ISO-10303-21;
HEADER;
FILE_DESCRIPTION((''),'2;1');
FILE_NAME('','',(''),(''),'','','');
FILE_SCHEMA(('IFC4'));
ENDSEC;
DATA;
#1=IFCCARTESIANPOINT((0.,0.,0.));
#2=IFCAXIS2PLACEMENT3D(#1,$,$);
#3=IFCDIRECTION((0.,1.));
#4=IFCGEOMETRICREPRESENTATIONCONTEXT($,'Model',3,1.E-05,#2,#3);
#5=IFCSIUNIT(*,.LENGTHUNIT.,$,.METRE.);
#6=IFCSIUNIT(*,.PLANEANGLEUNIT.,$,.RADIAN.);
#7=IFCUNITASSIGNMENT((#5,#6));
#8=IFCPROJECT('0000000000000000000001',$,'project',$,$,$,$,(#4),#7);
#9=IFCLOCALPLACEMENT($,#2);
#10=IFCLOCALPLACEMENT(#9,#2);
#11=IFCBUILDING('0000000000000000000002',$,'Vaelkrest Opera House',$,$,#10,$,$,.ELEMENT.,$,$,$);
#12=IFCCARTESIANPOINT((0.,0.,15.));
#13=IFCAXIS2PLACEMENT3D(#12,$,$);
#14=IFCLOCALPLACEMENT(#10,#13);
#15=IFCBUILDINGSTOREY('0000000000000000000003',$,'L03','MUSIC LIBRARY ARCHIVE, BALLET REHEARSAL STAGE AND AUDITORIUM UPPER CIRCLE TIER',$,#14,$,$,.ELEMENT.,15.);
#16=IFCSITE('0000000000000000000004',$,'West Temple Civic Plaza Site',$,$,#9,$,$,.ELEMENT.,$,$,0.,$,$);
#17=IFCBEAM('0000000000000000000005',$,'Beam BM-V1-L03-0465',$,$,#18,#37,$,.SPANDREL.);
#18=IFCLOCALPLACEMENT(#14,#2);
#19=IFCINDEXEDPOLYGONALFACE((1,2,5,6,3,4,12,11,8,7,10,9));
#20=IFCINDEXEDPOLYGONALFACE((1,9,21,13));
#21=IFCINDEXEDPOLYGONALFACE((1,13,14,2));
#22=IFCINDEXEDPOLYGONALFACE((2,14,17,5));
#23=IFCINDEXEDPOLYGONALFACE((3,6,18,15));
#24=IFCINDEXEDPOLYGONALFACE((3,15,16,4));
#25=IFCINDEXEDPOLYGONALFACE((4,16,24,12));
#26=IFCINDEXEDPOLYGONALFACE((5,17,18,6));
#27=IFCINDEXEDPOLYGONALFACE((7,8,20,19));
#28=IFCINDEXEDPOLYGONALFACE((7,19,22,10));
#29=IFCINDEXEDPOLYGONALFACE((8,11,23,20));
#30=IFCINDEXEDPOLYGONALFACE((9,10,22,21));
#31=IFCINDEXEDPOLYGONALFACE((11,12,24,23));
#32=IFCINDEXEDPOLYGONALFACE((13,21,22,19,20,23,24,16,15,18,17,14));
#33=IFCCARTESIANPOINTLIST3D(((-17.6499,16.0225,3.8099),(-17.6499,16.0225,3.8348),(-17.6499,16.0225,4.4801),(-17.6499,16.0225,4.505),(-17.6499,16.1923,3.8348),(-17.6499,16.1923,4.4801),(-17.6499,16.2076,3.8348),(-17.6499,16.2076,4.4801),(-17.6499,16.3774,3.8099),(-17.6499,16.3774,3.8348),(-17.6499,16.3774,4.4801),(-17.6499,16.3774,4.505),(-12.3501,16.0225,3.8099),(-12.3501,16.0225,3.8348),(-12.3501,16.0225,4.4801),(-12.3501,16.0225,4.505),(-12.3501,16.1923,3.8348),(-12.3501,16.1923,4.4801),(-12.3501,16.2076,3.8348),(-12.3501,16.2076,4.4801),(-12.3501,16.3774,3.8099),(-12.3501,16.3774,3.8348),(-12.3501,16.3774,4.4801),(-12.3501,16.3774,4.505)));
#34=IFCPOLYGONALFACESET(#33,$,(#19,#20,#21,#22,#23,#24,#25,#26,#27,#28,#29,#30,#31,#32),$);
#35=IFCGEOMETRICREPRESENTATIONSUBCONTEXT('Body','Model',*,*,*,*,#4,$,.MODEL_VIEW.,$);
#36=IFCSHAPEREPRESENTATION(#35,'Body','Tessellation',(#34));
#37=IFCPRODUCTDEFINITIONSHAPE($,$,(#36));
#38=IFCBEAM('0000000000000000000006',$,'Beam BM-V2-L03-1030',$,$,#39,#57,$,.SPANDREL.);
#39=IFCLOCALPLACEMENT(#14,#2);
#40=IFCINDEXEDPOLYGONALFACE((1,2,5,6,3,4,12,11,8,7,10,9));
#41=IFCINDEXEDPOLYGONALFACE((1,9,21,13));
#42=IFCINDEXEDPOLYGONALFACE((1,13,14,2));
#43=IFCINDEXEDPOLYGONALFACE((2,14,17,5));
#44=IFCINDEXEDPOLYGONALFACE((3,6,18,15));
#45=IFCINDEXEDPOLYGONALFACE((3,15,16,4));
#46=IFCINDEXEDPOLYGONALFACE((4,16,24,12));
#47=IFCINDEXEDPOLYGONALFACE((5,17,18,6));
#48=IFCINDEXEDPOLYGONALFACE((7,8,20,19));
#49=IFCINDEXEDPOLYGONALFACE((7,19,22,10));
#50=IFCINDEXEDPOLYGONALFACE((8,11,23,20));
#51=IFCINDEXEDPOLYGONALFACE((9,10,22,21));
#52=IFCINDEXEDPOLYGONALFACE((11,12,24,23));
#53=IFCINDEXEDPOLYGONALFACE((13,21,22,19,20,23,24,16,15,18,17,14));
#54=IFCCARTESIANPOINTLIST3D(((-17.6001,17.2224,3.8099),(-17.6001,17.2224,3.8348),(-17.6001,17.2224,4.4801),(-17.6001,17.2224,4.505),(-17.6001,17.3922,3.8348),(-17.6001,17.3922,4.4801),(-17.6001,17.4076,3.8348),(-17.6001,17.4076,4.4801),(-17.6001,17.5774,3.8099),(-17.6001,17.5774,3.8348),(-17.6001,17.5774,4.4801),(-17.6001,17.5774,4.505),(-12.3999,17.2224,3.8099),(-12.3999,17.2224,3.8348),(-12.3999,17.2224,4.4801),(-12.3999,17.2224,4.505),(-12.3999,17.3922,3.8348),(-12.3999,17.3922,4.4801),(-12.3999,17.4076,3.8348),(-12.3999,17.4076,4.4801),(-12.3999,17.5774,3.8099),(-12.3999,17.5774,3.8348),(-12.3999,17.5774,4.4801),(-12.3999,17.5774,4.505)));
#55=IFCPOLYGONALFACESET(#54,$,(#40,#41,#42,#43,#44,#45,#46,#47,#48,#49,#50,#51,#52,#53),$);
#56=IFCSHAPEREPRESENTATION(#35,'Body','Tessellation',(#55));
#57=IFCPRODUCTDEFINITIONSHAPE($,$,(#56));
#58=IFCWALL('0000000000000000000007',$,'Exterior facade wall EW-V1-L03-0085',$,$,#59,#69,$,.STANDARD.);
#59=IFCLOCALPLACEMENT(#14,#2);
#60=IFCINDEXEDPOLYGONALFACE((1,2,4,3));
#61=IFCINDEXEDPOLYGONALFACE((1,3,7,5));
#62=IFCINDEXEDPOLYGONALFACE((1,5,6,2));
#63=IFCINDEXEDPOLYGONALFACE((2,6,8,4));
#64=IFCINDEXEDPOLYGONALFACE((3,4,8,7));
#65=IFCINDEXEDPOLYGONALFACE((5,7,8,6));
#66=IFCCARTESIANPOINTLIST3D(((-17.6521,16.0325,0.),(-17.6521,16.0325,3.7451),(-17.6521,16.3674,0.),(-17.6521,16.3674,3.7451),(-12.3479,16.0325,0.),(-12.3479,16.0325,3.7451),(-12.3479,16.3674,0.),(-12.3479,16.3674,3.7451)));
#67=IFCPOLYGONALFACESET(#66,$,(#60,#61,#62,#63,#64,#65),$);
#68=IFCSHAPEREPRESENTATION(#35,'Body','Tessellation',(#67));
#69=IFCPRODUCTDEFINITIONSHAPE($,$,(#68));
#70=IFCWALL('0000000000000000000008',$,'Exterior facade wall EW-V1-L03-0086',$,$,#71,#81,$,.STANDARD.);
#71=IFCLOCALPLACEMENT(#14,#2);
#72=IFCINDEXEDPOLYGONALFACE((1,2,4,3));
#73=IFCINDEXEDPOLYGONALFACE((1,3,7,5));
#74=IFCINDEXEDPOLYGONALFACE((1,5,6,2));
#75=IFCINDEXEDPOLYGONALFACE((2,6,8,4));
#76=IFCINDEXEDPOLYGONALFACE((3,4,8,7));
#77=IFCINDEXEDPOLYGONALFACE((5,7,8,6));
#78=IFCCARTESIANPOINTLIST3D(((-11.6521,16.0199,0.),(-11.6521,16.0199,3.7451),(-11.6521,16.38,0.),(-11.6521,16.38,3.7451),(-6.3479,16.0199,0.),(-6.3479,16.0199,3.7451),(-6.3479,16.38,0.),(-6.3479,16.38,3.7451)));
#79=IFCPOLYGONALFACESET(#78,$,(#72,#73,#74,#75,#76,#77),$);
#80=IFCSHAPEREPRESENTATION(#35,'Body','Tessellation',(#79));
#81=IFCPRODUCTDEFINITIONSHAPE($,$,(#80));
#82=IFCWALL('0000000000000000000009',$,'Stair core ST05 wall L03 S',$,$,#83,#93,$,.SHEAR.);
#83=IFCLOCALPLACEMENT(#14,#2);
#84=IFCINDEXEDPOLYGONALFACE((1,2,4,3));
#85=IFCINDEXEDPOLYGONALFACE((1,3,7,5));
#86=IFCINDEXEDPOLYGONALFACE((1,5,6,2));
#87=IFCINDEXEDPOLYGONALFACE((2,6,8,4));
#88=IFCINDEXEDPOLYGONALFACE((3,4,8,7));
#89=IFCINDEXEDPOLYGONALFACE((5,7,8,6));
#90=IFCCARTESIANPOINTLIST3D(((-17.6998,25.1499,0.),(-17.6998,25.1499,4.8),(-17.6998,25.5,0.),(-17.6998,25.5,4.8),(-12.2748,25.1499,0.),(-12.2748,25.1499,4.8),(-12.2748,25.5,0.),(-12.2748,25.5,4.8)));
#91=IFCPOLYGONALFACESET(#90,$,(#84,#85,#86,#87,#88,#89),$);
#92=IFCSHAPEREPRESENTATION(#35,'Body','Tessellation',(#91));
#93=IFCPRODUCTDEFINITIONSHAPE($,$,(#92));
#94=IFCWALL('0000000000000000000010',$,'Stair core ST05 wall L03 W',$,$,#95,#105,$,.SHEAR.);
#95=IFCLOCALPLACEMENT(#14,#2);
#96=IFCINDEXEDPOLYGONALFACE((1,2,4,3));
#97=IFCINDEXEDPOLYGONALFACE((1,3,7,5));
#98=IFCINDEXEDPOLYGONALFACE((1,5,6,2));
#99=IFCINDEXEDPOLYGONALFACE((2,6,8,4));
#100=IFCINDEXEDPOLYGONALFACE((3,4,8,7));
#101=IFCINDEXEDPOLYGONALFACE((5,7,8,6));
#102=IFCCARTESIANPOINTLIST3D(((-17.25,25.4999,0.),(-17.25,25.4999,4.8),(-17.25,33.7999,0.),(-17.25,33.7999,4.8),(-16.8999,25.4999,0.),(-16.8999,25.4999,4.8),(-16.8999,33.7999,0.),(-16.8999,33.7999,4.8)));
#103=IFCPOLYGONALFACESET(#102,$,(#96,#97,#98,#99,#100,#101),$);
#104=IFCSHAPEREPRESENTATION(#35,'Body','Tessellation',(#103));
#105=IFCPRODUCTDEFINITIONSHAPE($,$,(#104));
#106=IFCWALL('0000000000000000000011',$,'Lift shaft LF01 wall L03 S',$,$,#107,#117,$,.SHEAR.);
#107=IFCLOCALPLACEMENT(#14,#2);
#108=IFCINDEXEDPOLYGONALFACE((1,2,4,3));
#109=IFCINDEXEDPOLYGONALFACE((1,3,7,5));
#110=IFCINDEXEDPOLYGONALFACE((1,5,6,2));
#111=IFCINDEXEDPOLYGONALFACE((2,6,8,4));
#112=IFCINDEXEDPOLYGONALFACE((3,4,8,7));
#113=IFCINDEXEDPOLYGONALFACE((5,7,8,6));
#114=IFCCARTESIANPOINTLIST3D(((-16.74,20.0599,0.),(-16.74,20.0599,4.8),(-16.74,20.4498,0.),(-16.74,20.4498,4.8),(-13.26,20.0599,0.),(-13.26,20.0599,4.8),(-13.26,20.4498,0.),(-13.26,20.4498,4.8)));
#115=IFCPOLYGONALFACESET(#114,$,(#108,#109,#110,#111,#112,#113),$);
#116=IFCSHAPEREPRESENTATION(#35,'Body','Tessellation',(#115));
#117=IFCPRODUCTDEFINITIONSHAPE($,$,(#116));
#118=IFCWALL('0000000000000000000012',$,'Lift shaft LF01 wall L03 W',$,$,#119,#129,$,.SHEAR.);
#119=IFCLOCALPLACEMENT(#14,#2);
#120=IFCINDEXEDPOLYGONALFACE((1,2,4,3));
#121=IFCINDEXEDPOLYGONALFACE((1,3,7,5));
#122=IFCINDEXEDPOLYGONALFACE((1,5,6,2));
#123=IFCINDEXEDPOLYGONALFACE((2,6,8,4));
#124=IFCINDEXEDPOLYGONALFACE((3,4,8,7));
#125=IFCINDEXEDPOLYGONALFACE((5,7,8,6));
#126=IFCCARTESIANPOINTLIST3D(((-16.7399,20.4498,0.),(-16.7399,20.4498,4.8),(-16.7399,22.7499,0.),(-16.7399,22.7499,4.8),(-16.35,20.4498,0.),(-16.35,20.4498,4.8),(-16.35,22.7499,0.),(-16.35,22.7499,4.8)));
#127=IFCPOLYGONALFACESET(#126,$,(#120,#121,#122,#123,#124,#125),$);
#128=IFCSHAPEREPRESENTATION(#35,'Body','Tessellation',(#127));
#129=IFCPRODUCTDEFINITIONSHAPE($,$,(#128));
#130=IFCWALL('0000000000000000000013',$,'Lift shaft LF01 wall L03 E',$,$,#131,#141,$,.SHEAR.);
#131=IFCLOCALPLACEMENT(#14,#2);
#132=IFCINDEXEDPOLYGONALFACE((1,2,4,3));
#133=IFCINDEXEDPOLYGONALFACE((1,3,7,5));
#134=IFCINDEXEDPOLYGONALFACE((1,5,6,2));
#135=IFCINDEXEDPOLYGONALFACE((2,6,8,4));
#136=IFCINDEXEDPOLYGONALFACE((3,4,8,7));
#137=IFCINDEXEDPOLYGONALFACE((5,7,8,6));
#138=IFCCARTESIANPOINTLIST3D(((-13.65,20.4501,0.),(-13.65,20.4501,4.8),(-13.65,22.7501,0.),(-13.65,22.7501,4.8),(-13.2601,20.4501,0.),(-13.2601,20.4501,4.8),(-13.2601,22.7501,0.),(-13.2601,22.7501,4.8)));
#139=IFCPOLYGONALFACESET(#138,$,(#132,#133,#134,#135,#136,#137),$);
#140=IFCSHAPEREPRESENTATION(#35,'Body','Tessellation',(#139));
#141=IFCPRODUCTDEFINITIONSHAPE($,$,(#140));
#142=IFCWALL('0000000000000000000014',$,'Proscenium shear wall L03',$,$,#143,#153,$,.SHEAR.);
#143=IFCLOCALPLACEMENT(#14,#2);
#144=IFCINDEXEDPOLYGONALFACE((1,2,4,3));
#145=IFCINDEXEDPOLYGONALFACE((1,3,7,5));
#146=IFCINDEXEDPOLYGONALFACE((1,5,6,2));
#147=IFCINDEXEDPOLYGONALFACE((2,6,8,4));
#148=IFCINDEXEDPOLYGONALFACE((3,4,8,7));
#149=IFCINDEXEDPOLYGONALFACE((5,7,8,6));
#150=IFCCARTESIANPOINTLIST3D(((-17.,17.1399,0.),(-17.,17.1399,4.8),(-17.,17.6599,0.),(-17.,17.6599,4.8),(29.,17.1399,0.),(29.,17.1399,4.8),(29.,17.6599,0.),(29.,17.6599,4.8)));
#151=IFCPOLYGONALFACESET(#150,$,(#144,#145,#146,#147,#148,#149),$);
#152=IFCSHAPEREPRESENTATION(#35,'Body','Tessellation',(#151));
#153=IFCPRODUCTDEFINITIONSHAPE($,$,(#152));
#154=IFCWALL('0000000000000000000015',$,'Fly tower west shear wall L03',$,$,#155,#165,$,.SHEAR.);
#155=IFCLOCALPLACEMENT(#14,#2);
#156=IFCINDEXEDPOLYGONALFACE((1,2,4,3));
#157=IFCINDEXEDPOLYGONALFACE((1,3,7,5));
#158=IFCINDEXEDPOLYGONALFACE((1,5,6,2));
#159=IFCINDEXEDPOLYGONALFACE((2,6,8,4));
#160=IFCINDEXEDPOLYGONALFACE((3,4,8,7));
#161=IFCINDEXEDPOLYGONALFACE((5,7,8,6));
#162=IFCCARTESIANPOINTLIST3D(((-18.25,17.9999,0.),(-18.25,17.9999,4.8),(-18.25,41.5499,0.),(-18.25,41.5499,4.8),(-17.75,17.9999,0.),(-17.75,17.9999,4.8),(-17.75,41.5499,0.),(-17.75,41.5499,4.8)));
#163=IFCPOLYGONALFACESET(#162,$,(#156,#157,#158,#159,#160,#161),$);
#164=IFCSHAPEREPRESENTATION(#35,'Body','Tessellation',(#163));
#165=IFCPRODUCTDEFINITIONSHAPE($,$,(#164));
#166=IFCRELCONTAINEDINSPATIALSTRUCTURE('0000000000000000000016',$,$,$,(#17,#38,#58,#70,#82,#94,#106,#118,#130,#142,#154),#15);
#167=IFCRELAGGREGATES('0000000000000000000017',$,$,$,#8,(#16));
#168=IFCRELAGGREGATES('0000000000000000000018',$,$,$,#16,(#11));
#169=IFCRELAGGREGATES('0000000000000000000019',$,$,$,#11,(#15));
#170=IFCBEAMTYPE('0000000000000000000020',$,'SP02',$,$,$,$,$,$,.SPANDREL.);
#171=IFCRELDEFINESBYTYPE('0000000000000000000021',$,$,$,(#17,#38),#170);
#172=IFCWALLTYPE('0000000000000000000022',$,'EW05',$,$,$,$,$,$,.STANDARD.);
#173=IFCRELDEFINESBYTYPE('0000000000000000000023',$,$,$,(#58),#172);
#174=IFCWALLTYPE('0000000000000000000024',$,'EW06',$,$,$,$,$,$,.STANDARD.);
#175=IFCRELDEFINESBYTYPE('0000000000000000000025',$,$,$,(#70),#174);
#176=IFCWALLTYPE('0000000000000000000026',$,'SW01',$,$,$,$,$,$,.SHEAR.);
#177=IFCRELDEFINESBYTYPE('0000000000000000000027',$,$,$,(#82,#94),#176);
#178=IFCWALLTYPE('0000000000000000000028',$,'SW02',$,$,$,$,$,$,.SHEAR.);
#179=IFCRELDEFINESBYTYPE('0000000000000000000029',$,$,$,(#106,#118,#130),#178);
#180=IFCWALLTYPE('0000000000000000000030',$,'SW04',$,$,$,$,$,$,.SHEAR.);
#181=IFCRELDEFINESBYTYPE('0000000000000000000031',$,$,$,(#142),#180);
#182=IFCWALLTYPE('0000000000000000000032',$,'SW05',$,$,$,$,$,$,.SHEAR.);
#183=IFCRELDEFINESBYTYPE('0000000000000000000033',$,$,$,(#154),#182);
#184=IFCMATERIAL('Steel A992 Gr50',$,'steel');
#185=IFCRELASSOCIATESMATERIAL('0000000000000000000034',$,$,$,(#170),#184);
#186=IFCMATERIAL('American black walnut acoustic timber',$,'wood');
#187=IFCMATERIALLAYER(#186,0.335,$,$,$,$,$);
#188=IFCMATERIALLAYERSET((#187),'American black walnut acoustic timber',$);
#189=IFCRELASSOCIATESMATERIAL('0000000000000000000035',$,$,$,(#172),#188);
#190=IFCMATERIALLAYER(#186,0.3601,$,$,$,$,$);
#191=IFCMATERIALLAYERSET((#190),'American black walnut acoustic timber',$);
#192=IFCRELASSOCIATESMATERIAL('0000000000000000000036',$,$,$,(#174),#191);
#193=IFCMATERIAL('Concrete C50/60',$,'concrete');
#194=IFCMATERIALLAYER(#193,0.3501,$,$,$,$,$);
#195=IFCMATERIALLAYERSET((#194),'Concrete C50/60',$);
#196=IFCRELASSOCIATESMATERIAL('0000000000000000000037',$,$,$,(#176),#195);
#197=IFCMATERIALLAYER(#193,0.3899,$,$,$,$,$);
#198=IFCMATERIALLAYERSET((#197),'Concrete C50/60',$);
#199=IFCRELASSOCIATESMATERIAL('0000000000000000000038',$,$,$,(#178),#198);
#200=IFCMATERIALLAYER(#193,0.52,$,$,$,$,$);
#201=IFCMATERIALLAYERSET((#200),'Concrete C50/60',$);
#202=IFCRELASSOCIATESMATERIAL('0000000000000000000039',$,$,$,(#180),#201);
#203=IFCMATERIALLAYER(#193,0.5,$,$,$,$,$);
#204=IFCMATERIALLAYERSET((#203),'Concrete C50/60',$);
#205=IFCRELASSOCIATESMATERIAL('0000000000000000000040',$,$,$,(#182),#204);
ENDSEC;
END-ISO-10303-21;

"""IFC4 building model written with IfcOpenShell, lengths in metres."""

from ifc_helpers import new_model, si_unit, direction, frame, frame_2d, origin, origin_2d, place, context, subcontext, project, spatial, rectangle, i_section, extrude, material, layer, layer_set, material_profile, profile_set, type_object, element, save


model = new_model("IFC4")

# Units and contexts
model_context = context("Model", 3, precision=1e-05, world=origin(), true_north=direction((0.0, 1.0)))
body_context = subcontext(model_context, "Body", "Model", "MODEL_VIEW")
ifc_project = project(units=[si_unit("LENGTHUNIT", "METRE"), si_unit("PLANEANGLEUNIT", "RADIAN")], contexts=[model_context])

# Site, building, storey
site_placement = place(None, origin())
site = spatial("IfcSite", under=ifc_project, at=site_placement, Name="West Temple Civic Plaza Site", CompositionType="ELEMENT", RefElevation=0.0)
building_placement = place(site_placement, origin())
building = spatial("IfcBuilding", under=site, at=building_placement, Name="Vaelkrest Opera House", CompositionType="ELEMENT")
storey_placement = place(building_placement, frame((0.0, 0.0, 15.0)))
storey = spatial("IfcBuildingStorey", under=building, at=storey_placement, Name="L03", Description="MUSIC LIBRARY ARCHIVE, BALLET REHEARSAL STAGE AND AUDITORIUM UPPER CIRCLE TIER", CompositionType="ELEMENT", Elevation=15.0)

# Shared definitions
ifc_material_1 = material(Name="Concrete C50/60", Category="concrete")

# Beams
ifc_material_2 = material(Name="Steel A992 Gr50", Category="steel")
ifc_material_profile_1 = material_profile(ifc_material_2, i_section(OverallWidth=0.355, OverallDepth=0.6951, WebThickness=0.0154, FlangeThickness=0.0249, at=origin_2d()), Name="W27X146")
ifc_profile_set_1 = profile_set([ifc_material_profile_1], Name="Steel A992 Gr50")
beam_type_1 = type_object("IfcBeamType", Name="SP02", PredefinedType="SPANDREL", material=ifc_profile_set_1)
beam_1_placement = place(storey_placement, frame((-17.6499, 16.2, 4.1575), z_axis=(1.0, 0.0, 0.0), x_axis=(0.0, 1.0, 0.0)))
element("IfcBeam", 1, at=beam_1_placement, inside=storey, type_object=beam_type_1, Name="Beam BM-V1-L03-0465", PredefinedType="SPANDREL", context=body_context, shape_type="SweptSolid", body=[
    extrude(i_section(OverallWidth=0.355, OverallDepth=0.6951, WebThickness=0.0154, FlangeThickness=0.0249, at=origin_2d()), origin(), (0.0, 0.0, 1.0), 5.2998),
])
beam_2_placement = place(storey_placement, frame((-17.6001, 17.3999, 4.1575), z_axis=(1.0, 0.0, 0.0), x_axis=(0.0, 1.0, 0.0)))
element("IfcBeam", 2, at=beam_2_placement, inside=storey, type_object=beam_type_1, Name="Beam BM-V2-L03-1030", PredefinedType="SPANDREL", context=body_context, shape_type="SweptSolid", body=[
    extrude(i_section(OverallWidth=0.355, OverallDepth=0.6951, WebThickness=0.0154, FlangeThickness=0.0249, at=origin_2d()), origin(), (0.0, 0.0, 1.0), 5.2002),
])

# Walls
ifc_material_3 = material(Name="American black walnut acoustic timber", Category="wood")
ifc_layer_1 = layer(ifc_material_3, 0.335)
ifc_layer_set_1 = layer_set([ifc_layer_1], Name="American black walnut acoustic timber")
wall_type_1 = type_object("IfcWallType", Name="EW05", PredefinedType="STANDARD", material=ifc_layer_set_1)
wall_1_placement = place(storey_placement, frame((-17.6521, 16.2, 0.0), z_axis=(0.0, 0.0, 1.0), x_axis=(1.0, 0.0, 0.0)))
element("IfcWall", 3, at=wall_1_placement, inside=storey, type_object=wall_type_1, Name="Exterior facade wall EW-V1-L03-0085", PredefinedType="STANDARD", context=body_context, shape_type="SweptSolid", body=[
    extrude(rectangle(XDim=5.3042, YDim=0.335, at=frame_2d((2.6521, 0.0))), origin(), (0.0, 0.0, 1.0), 3.7451),
])
ifc_layer_2 = layer(ifc_material_3, 0.3601)
ifc_layer_set_2 = layer_set([ifc_layer_2], Name="American black walnut acoustic timber")
wall_type_2 = type_object("IfcWallType", Name="EW06", PredefinedType="STANDARD", material=ifc_layer_set_2)
wall_2_placement = place(storey_placement, frame((-11.6521, 16.2, 0.0), z_axis=(0.0, 0.0, 1.0), x_axis=(1.0, 0.0, 0.0)))
element("IfcWall", 4, at=wall_2_placement, inside=storey, type_object=wall_type_2, Name="Exterior facade wall EW-V1-L03-0086", PredefinedType="STANDARD", context=body_context, shape_type="SweptSolid", body=[
    extrude(rectangle(XDim=5.3042, YDim=0.3601, at=frame_2d((2.6521, 0.0))), origin(), (0.0, 0.0, 1.0), 3.7451),
])

# Walls
ifc_layer_3 = layer(ifc_material_1, 0.3501)
ifc_layer_set_3 = layer_set([ifc_layer_3], Name="Concrete C50/60")
wall_type_3 = type_object("IfcWallType", Name="SW01", PredefinedType="SHEAR", material=ifc_layer_set_3)
wall_3_placement = place(storey_placement, frame((-12.2749, 25.325, 0.0), z_axis=(0.0, 0.0, 1.0), x_axis=(-1.0, 0.0, 0.0)))
element("IfcWall", 5, at=wall_3_placement, inside=storey, type_object=wall_type_3, Name="Stair core ST05 wall L03 S", PredefinedType="SHEAR", context=body_context, shape_type="SweptSolid", body=[
    extrude(rectangle(XDim=5.425, YDim=0.3501, at=frame_2d((2.7124, 0.0))), origin(), (0.0, 0.0, 1.0), 4.8),
])
wall_4_placement = place(storey_placement, frame((-17.075, 25.5, 0.0), z_axis=(0.0, 0.0, 1.0), x_axis=(0.0, 1.0, 0.0)))
element("IfcWall", 6, at=wall_4_placement, inside=storey, type_object=wall_type_3, Name="Stair core ST05 wall L03 W", PredefinedType="SHEAR", context=body_context, shape_type="SweptSolid", body=[
    extrude(rectangle(XDim=8.3, YDim=0.3501, at=frame_2d((4.1499, 0.0))), origin(), (0.0, 0.0, 1.0), 4.8),
])
ifc_layer_4 = layer(ifc_material_1, 0.3899)
ifc_layer_set_4 = layer_set([ifc_layer_4], Name="Concrete C50/60")
wall_type_4 = type_object("IfcWallType", Name="SW02", PredefinedType="SHEAR", material=ifc_layer_set_4)
wall_5_placement = place(storey_placement, frame((-13.26, 20.2549, 0.0), z_axis=(0.0, 0.0, 1.0), x_axis=(-1.0, 0.0, 0.0)))
element("IfcWall", 7, at=wall_5_placement, inside=storey, type_object=wall_type_4, Name="Lift shaft LF01 wall L03 S", PredefinedType="SHEAR", context=body_context, shape_type="SweptSolid", body=[
    extrude(rectangle(XDim=3.48, YDim=0.3899, at=frame_2d((1.74, 0.0))), origin(), (0.0, 0.0, 1.0), 4.8),
])

# Walls
for number, where, z_axis, x_axis, name in (
    (8, (-16.5449, 20.45, 0.0), (0.0, 0.0, 1.0), (0.0, 1.0, 0.0), "Lift shaft LF01 wall L03 W"),
    (9, (-13.4551, 22.75, 0.0), (0.0, 0.0, 1.0), (0.0, -1.0, 0.0), "Lift shaft LF01 wall L03 E"),
):
    element("IfcWall", number, at=place(storey_placement, frame(where, z_axis=z_axis, x_axis=x_axis)), inside=storey, type_object=wall_type_4, Name=name, PredefinedType="SHEAR", context=body_context, shape_type="SweptSolid", body=[
        extrude(rectangle(XDim=2.3, YDim=0.3899, at=frame_2d((1.1499, 0.0))), origin(), (0.0, 0.0, 1.0), 4.8),
    ])
ifc_layer_5 = layer(ifc_material_1, 0.52)
ifc_layer_set_5 = layer_set([ifc_layer_5], Name="Concrete C50/60")
wall_type_5 = type_object("IfcWallType", Name="SW04", PredefinedType="SHEAR", material=ifc_layer_set_5)
wall_6_placement = place(storey_placement, frame((-17.0, 17.3999, 0.0), z_axis=(0.0, 0.0, 1.0), x_axis=(1.0, 0.0, 0.0)))
element("IfcWall", 10, at=wall_6_placement, inside=storey, type_object=wall_type_5, Name="Proscenium shear wall L03", PredefinedType="SHEAR", context=body_context, shape_type="SweptSolid", body=[
    extrude(rectangle(XDim=46.0, YDim=0.52, at=frame_2d((23.0, 0.0))), origin(), (0.0, 0.0, 1.0), 4.8),
])
ifc_layer_6 = layer(ifc_material_1, 0.5)
ifc_layer_set_6 = layer_set([ifc_layer_6], Name="Concrete C50/60")
wall_type_6 = type_object("IfcWallType", Name="SW05", PredefinedType="SHEAR", material=ifc_layer_set_6)
wall_7_placement = place(storey_placement, frame((-18.0, 18.0, 0.0), z_axis=(0.0, 0.0, 1.0), x_axis=(0.0, 1.0, 0.0)))
element("IfcWall", 11, at=wall_7_placement, inside=storey, type_object=wall_type_6, Name="Fly tower west shear wall L03", PredefinedType="SHEAR", context=body_context, shape_type="SweptSolid", body=[
    extrude(rectangle(XDim=23.55, YDim=0.5, at=frame_2d((11.7749, 0.0))), origin(), (0.0, 0.0, 1.0), 4.8),
])

save(model, "model.ifc")
